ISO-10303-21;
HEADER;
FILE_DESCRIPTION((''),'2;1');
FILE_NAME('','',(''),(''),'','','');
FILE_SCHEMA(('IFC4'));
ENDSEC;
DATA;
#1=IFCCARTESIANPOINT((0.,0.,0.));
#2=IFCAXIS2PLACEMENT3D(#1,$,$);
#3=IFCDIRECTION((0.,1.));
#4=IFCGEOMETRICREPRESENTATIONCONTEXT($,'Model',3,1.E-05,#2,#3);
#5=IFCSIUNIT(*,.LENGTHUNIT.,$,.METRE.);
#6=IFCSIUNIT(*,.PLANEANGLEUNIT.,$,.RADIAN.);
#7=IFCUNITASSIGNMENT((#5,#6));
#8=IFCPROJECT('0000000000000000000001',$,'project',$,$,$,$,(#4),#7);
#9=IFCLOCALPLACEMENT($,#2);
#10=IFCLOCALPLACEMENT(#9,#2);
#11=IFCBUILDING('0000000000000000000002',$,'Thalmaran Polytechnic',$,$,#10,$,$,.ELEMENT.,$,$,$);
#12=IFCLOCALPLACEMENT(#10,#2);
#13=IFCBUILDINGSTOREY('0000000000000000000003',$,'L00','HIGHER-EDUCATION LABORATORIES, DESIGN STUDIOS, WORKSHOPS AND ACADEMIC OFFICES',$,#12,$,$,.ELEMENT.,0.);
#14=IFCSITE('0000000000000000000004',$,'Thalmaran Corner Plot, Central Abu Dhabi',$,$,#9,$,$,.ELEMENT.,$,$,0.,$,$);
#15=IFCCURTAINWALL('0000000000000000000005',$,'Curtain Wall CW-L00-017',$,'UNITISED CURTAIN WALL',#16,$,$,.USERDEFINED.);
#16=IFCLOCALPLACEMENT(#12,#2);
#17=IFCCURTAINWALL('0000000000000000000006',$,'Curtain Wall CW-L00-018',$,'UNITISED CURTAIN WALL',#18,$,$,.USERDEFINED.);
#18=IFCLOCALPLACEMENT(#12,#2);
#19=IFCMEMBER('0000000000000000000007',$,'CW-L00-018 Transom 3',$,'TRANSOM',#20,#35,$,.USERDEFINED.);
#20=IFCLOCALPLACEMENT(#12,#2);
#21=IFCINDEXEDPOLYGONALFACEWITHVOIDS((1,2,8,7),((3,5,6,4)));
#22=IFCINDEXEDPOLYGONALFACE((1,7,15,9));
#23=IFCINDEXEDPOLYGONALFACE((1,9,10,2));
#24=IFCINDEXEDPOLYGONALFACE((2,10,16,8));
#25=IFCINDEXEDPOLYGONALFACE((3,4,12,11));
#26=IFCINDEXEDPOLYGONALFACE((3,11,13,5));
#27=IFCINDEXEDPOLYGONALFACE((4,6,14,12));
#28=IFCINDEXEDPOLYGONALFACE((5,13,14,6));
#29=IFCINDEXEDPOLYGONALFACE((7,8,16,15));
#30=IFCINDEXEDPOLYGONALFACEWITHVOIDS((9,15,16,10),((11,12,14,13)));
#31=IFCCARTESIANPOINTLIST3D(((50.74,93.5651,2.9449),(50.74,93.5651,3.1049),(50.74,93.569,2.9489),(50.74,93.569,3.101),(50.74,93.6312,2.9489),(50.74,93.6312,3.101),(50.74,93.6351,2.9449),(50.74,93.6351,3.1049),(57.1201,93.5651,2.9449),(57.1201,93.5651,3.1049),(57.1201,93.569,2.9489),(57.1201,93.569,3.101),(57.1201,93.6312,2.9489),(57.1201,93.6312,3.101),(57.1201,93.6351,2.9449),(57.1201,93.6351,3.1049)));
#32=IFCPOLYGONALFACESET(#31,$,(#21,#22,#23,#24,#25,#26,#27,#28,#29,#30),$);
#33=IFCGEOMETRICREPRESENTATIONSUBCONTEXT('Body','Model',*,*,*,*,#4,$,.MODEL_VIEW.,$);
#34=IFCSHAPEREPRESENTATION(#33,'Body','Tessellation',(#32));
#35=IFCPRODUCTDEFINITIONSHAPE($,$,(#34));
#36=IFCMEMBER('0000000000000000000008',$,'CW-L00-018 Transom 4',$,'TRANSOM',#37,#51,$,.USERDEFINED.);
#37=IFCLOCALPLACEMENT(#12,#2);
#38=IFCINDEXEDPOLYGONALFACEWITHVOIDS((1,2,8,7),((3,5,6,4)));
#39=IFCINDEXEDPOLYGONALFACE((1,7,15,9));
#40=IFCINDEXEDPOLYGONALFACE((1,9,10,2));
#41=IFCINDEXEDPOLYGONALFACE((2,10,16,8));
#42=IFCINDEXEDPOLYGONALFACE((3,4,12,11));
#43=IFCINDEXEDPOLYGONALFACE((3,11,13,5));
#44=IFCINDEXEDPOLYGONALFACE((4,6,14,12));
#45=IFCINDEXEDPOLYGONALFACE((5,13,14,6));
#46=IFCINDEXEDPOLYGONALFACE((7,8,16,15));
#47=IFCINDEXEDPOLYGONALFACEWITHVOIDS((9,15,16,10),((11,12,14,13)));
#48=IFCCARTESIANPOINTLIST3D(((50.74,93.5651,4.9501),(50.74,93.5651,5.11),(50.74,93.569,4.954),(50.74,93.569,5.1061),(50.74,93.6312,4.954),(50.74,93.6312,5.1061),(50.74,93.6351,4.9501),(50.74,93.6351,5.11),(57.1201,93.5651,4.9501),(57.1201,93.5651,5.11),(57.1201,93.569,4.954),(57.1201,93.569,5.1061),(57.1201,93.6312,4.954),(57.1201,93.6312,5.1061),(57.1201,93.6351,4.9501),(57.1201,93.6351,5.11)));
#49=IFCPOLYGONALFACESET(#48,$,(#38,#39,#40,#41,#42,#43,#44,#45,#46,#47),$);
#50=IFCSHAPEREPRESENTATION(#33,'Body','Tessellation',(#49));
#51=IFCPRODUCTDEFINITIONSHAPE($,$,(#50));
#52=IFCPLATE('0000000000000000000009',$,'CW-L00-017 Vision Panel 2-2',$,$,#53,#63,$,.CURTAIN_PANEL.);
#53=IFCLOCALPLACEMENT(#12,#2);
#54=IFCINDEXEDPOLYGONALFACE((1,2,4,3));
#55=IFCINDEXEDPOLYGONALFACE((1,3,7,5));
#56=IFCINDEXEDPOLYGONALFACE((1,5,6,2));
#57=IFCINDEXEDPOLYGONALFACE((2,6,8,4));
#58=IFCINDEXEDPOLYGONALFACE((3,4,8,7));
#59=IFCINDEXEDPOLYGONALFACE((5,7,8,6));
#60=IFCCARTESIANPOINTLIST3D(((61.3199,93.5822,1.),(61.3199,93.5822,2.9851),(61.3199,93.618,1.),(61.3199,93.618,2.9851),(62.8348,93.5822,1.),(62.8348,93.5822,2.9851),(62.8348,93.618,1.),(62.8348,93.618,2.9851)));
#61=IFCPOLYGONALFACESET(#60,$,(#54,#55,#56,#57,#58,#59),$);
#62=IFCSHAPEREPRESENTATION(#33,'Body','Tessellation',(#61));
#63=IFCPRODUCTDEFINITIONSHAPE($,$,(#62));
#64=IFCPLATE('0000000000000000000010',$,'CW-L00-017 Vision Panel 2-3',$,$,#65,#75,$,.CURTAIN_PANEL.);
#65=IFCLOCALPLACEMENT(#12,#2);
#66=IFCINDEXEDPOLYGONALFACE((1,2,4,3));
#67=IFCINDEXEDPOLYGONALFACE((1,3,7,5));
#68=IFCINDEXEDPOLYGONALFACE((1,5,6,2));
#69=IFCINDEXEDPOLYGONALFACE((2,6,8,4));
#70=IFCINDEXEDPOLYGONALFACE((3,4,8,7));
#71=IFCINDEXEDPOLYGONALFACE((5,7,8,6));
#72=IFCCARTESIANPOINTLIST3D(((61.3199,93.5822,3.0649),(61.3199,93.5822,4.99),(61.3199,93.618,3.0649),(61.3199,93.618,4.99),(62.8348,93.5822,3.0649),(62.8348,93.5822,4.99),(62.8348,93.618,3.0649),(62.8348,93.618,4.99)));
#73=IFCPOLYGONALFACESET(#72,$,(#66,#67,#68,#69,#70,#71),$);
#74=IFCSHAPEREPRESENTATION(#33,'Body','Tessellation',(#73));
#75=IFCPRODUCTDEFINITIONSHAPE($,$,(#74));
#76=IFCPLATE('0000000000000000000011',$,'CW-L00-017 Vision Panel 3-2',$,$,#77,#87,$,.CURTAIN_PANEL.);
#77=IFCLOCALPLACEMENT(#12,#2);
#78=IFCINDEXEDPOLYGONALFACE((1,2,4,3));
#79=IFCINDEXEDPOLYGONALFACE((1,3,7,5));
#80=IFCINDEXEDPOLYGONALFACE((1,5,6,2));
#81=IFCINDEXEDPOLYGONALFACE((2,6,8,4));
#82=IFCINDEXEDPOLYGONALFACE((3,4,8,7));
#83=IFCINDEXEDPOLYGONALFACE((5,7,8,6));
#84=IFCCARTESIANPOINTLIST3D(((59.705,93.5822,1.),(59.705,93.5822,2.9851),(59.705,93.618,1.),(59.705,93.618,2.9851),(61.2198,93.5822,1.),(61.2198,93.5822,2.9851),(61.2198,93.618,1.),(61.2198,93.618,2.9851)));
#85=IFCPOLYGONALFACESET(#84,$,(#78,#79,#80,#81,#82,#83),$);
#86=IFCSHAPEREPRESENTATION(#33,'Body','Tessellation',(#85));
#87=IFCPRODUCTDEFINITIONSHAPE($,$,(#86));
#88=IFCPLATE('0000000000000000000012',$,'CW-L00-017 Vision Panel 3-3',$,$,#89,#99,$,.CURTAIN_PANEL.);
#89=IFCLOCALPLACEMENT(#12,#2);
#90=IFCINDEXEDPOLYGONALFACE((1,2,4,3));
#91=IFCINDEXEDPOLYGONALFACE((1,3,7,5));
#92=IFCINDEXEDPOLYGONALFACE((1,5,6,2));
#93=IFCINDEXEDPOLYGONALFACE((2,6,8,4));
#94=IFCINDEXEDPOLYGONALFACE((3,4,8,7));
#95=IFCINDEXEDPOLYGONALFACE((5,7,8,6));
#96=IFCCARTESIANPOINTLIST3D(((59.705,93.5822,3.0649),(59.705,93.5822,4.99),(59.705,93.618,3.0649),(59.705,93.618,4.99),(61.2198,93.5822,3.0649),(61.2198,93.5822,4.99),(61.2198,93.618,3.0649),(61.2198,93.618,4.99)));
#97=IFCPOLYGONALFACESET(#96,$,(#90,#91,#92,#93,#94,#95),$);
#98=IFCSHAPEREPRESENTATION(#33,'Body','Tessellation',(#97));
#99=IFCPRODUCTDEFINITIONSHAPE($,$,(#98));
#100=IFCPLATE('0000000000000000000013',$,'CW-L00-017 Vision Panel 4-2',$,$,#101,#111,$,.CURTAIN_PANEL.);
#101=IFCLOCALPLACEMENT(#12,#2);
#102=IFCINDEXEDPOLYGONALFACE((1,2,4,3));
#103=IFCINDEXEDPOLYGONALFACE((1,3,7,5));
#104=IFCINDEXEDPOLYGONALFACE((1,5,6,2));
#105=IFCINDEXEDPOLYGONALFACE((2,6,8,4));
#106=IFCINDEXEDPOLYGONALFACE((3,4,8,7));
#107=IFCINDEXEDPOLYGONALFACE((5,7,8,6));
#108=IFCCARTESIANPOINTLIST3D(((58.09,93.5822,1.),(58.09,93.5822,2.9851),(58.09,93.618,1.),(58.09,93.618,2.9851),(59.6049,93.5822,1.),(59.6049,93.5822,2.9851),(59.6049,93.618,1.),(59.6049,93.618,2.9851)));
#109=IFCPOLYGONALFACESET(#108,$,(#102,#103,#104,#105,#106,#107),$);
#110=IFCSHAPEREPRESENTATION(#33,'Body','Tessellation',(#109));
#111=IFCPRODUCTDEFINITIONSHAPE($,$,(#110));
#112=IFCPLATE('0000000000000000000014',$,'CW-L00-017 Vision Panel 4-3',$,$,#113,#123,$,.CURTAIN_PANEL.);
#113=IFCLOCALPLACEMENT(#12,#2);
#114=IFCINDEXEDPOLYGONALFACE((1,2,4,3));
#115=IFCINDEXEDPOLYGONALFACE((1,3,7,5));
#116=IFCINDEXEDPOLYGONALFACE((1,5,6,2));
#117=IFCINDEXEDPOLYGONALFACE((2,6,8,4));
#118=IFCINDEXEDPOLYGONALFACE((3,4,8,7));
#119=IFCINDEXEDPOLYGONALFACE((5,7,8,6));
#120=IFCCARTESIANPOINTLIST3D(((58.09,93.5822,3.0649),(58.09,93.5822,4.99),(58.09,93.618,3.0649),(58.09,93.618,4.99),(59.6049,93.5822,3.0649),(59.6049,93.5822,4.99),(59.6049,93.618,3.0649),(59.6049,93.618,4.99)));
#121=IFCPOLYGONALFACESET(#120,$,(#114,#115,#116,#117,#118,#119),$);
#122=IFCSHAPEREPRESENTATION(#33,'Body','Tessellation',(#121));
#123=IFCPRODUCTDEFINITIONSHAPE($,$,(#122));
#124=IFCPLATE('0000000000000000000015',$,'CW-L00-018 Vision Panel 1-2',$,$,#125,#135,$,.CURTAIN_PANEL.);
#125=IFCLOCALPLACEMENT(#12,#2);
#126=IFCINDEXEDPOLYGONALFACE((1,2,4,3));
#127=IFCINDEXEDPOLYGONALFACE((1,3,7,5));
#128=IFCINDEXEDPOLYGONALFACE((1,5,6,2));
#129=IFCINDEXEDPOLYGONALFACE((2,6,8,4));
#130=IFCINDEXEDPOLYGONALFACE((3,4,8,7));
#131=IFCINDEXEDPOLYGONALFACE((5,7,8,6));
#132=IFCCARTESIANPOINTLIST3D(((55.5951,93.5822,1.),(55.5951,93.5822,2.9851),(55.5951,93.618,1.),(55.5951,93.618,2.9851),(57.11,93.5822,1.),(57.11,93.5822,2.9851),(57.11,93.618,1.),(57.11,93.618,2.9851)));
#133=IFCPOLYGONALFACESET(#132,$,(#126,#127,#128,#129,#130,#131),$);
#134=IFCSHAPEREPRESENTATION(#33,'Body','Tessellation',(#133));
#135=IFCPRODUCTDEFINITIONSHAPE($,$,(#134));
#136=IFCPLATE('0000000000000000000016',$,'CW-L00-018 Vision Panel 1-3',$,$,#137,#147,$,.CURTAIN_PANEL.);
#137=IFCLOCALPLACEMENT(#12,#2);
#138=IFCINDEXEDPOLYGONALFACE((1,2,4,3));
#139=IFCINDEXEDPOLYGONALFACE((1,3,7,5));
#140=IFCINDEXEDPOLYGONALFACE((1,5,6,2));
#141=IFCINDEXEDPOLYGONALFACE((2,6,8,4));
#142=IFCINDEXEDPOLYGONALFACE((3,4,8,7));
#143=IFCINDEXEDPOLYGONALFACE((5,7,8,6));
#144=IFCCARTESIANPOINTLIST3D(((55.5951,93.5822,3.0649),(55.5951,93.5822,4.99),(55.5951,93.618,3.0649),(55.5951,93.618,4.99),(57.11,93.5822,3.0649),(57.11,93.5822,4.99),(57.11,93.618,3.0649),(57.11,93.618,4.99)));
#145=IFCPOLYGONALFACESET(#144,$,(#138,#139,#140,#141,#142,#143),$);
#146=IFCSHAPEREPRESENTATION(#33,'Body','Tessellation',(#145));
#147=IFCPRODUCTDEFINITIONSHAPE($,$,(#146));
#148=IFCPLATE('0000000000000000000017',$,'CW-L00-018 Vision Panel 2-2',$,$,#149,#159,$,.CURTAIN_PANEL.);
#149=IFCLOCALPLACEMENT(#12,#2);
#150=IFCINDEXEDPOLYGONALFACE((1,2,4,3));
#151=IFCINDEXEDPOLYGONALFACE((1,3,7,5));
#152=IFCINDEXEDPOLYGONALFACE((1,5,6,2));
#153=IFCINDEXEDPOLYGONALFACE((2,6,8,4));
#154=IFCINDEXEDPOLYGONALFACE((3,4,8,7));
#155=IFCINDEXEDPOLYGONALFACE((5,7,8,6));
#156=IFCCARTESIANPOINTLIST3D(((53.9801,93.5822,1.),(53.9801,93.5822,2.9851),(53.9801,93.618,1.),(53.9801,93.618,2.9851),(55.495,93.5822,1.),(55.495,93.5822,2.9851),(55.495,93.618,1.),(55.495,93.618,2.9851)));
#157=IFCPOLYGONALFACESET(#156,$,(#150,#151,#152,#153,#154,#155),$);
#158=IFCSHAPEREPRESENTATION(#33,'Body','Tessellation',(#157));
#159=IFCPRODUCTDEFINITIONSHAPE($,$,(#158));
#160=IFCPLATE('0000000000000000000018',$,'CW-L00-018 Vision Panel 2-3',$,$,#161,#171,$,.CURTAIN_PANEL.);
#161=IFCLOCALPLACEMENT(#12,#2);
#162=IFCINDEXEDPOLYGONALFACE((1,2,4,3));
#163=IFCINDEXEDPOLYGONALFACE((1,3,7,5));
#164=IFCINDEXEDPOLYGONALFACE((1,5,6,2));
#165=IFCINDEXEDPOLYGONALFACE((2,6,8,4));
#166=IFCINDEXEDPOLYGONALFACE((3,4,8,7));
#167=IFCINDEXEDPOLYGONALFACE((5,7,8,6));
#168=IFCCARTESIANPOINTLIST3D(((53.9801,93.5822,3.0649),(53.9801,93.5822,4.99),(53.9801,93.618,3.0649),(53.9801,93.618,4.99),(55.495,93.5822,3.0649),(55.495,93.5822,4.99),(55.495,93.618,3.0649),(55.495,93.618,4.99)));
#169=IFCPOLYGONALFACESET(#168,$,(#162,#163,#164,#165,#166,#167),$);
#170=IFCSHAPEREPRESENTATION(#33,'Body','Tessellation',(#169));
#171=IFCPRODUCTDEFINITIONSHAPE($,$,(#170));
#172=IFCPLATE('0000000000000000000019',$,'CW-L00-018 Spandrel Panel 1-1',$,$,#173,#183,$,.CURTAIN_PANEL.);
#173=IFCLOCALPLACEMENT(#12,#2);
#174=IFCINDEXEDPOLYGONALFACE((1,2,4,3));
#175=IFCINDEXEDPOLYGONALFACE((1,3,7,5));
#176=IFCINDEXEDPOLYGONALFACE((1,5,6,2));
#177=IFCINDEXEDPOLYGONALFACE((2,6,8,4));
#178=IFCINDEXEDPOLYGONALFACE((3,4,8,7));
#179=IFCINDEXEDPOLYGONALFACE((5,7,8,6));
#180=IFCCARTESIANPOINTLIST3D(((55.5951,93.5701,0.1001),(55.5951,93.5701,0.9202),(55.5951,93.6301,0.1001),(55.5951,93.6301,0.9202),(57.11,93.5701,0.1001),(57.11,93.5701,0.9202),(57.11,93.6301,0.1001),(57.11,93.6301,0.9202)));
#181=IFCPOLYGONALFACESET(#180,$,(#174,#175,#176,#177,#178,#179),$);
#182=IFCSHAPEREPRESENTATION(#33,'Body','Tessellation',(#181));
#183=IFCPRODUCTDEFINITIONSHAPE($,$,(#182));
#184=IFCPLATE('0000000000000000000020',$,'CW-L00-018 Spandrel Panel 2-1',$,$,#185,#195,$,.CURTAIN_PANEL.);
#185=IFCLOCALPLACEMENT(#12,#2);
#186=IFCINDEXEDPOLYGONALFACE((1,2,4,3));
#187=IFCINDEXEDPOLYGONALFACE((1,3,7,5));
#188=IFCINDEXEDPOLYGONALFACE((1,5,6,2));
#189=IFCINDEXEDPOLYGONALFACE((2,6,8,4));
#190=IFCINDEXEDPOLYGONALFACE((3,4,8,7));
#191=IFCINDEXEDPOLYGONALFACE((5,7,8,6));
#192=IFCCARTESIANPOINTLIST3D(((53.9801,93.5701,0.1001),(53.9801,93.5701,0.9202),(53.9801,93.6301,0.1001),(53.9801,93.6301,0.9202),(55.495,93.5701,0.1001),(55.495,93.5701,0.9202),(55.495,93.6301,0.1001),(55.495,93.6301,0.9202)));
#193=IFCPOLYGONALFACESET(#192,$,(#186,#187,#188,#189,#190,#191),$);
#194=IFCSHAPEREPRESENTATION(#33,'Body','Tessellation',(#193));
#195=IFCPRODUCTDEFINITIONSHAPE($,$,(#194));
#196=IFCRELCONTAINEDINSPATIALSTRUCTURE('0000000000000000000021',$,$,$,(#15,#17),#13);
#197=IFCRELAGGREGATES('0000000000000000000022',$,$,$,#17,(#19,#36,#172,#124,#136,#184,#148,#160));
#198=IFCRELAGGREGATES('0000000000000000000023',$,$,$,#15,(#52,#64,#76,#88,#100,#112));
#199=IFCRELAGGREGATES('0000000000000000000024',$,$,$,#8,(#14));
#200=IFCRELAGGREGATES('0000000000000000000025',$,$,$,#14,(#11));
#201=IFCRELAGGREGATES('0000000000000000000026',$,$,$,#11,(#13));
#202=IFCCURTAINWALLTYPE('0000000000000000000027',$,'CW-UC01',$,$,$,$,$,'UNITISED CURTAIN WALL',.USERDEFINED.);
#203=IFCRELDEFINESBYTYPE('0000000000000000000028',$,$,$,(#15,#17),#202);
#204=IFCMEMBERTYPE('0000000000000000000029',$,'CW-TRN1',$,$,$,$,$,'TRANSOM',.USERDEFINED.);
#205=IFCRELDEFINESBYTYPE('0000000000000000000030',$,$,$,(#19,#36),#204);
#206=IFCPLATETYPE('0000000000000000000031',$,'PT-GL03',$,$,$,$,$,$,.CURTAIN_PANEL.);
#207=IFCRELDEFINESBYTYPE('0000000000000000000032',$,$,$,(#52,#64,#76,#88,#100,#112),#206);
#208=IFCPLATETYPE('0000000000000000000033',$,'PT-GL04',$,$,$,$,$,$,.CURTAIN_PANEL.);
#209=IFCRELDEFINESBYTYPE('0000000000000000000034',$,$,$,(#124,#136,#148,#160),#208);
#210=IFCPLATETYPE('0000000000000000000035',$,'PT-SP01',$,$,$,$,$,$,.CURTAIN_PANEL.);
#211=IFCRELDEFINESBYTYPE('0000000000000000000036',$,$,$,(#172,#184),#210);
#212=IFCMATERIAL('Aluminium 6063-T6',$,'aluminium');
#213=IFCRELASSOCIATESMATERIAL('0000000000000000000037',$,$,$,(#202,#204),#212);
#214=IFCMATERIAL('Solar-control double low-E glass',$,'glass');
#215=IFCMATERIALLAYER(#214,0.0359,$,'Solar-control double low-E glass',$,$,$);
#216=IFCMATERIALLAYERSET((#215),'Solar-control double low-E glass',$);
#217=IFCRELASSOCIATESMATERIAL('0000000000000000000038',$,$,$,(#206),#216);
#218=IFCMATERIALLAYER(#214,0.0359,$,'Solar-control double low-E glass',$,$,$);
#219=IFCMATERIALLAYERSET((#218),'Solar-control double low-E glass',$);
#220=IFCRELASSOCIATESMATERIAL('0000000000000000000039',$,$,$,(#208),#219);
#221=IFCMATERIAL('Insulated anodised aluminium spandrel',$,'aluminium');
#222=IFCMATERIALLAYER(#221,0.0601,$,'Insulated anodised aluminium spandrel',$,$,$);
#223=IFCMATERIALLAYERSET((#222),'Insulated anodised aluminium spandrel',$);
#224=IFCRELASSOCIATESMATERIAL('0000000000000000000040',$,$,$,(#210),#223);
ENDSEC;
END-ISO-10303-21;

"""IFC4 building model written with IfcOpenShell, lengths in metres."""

from ifc_helpers import new_model, si_unit, direction, frame, origin, origin_2d, place, context, subcontext, project, spatial, rectangle, hollow_rectangle, extrude, material, layer, layer_set, material_profile, profile_set, type_object, element, aggregate, save


model = new_model("IFC4")

# Units and contexts
model_context = context("Model", 3, precision=1e-05, world=origin(), true_north=direction((0.0, 1.0)))
body_context = subcontext(model_context, "Body", "Model", "MODEL_VIEW")
ifc_project = project(units=[si_unit("LENGTHUNIT", "METRE"), si_unit("PLANEANGLEUNIT", "RADIAN")], contexts=[model_context])

# Site, building, storey
site_placement = place(None, origin())
site = spatial("IfcSite", under=ifc_project, at=site_placement, Name="Thalmaran Corner Plot, Central Abu Dhabi", CompositionType="ELEMENT", RefElevation=0.0)
building_placement = place(site_placement, origin())
building = spatial("IfcBuilding", under=site, at=building_placement, Name="Thalmaran Polytechnic", CompositionType="ELEMENT")
storey_placement = place(building_placement, origin())
storey = spatial("IfcBuildingStorey", under=building, at=storey_placement, Name="L00", Description="HIGHER-EDUCATION LABORATORIES, DESIGN STUDIOS, WORKSHOPS AND ACADEMIC OFFICES", CompositionType="ELEMENT", Elevation=0.0)

# Curtain walls, members
ifc_material_1 = material(Name="Aluminium 6063-T6", Category="aluminium")
curtain_wall_type = type_object("IfcCurtainWallType", Name="CW-UC01", ElementType="UNITISED CURTAIN WALL", PredefinedType="USERDEFINED", material=ifc_material_1)
curtain_wall_1_placement = place(storey_placement, origin())
curtain_wall_1 = element("IfcCurtainWall", 1, at=curtain_wall_1_placement, inside=storey, type_object=curtain_wall_type, Name="Curtain Wall CW-L00-017", ObjectType="UNITISED CURTAIN WALL", PredefinedType="USERDEFINED")
curtain_wall_2_placement = place(storey_placement, origin())
curtain_wall_2 = element("IfcCurtainWall", 2, at=curtain_wall_2_placement, inside=storey, type_object=curtain_wall_type, Name="Curtain Wall CW-L00-018", ObjectType="UNITISED CURTAIN WALL", PredefinedType="USERDEFINED")
ifc_material_profile_1 = material_profile(ifc_material_1, hollow_rectangle(XDim=0.0701, YDim=0.1599, WallThickness=0.0039, at=origin_2d()), Name="AL 160x70x4.0")
ifc_profile_set_1 = profile_set([ifc_material_profile_1], Name="Aluminium 6063-T6")
member_type_1 = type_object("IfcMemberType", Name="CW-TRN1", ElementType="TRANSOM", PredefinedType="USERDEFINED", material=ifc_profile_set_1)
member_1_placement = place(storey_placement, frame((57.1201, 93.6001, 3.0249), z_axis=(-1.0, 0.0, 0.0), x_axis=(0.0, -1.0, 0.0)))
member_1 = element("IfcMember", 3, at=member_1_placement, type_object=member_type_1, Name="CW-L00-018 Transom 3", ObjectType="TRANSOM", PredefinedType="USERDEFINED", context=body_context, shape_type="SweptSolid", body=[
    extrude(hollow_rectangle(XDim=0.0701, YDim=0.1599, WallThickness=0.0039, at=origin_2d()), origin(), (0.0, 0.0, 1.0), 6.3801),
])
member_2_placement = place(storey_placement, frame((57.1201, 93.6001, 5.03), z_axis=(-1.0, 0.0, 0.0), x_axis=(0.0, -1.0, 0.0)))
member_2 = element("IfcMember", 4, at=member_2_placement, type_object=member_type_1, Name="CW-L00-018 Transom 4", ObjectType="TRANSOM", PredefinedType="USERDEFINED", context=body_context, shape_type="SweptSolid", body=[
    extrude(hollow_rectangle(XDim=0.0701, YDim=0.1599, WallThickness=0.0039, at=origin_2d()), origin(), (0.0, 0.0, 1.0), 6.3801),
])

# Plates
ifc_material_2 = material(Name="Solar-control double low-E glass", Category="glass")
ifc_layer_1 = layer(ifc_material_2, 0.0359, Name="Solar-control double low-E glass")
ifc_layer_set_1 = layer_set([ifc_layer_1], Name="Solar-control double low-E glass")
plate_type_1 = type_object("IfcPlateType", Name="PT-GL03", PredefinedType="CURTAIN_PANEL", material=ifc_layer_set_1)
plate_1_placement = place(storey_placement, frame((62.0774, 93.6001, 1.0), z_axis=(0.0, 0.0, 1.0), x_axis=(-1.0, 0.0, 0.0)))
plate_1 = element("IfcPlate", 5, at=plate_1_placement, type_object=plate_type_1, Name="CW-L00-017 Vision Panel 2-2", PredefinedType="CURTAIN_PANEL", context=body_context, shape_type="SweptSolid", body=[
    extrude(rectangle(XDim=1.5149, YDim=0.0359, at=origin_2d()), origin(), (0.0, 0.0, 1.0), 1.9851),
])
plate_2_placement = place(storey_placement, frame((62.0774, 93.6001, 3.0649), z_axis=(0.0, 0.0, 1.0), x_axis=(-1.0, 0.0, 0.0)))
plate_2 = element("IfcPlate", 6, at=plate_2_placement, type_object=plate_type_1, Name="CW-L00-017 Vision Panel 2-3", PredefinedType="CURTAIN_PANEL", context=body_context, shape_type="SweptSolid", body=[
    extrude(rectangle(XDim=1.5149, YDim=0.0359, at=origin_2d()), origin(), (0.0, 0.0, 1.0), 1.925),
])
plate_3_placement = place(storey_placement, frame((60.4624, 93.6001, 1.0), z_axis=(0.0, 0.0, 1.0), x_axis=(-1.0, 0.0, 0.0)))
plate_3 = element("IfcPlate", 7, at=plate_3_placement, type_object=plate_type_1, Name="CW-L00-017 Vision Panel 3-2", PredefinedType="CURTAIN_PANEL", context=body_context, shape_type="SweptSolid", body=[
    extrude(rectangle(XDim=1.5149, YDim=0.0359, at=origin_2d()), origin(), (0.0, 0.0, 1.0), 1.9851),
])
plate_4_placement = place(storey_placement, frame((60.4624, 93.6001, 3.0649), z_axis=(0.0, 0.0, 1.0), x_axis=(-1.0, 0.0, 0.0)))
plate_4 = element("IfcPlate", 8, at=plate_4_placement, type_object=plate_type_1, Name="CW-L00-017 Vision Panel 3-3", PredefinedType="CURTAIN_PANEL", context=body_context, shape_type="SweptSolid", body=[
    extrude(rectangle(XDim=1.5149, YDim=0.0359, at=origin_2d()), origin(), (0.0, 0.0, 1.0), 1.925),
])
plate_5_placement = place(storey_placement, frame((58.8474, 93.6001, 1.0), z_axis=(0.0, 0.0, 1.0), x_axis=(-1.0, 0.0, 0.0)))
plate_5 = element("IfcPlate", 9, at=plate_5_placement, type_object=plate_type_1, Name="CW-L00-017 Vision Panel 4-2", PredefinedType="CURTAIN_PANEL", context=body_context, shape_type="SweptSolid", body=[
    extrude(rectangle(XDim=1.5149, YDim=0.0359, at=origin_2d()), origin(), (0.0, 0.0, 1.0), 1.9851),
])
plate_6_placement = place(storey_placement, frame((58.8474, 93.6001, 3.0649), z_axis=(0.0, 0.0, 1.0), x_axis=(-1.0, 0.0, 0.0)))
plate_6 = element("IfcPlate", 10, at=plate_6_placement, type_object=plate_type_1, Name="CW-L00-017 Vision Panel 4-3", PredefinedType="CURTAIN_PANEL", context=body_context, shape_type="SweptSolid", body=[
    extrude(rectangle(XDim=1.5149, YDim=0.0359, at=origin_2d()), origin(), (0.0, 0.0, 1.0), 1.925),
])
ifc_layer_2 = layer(ifc_material_2, 0.0359, Name="Solar-control double low-E glass")
ifc_layer_set_2 = layer_set([ifc_layer_2], Name="Solar-control double low-E glass")
plate_type_2 = type_object("IfcPlateType", Name="PT-GL04", PredefinedType="CURTAIN_PANEL", material=ifc_layer_set_2)
plate_7_placement = place(storey_placement, frame((56.3525, 93.6001, 1.0), z_axis=(0.0, 0.0, 1.0), x_axis=(-1.0, 0.0, 0.0)))
plate_7 = element("IfcPlate", 11, at=plate_7_placement, type_object=plate_type_2, Name="CW-L00-018 Vision Panel 1-2", PredefinedType="CURTAIN_PANEL", context=body_context, shape_type="SweptSolid", body=[
    extrude(rectangle(XDim=1.5149, YDim=0.0359, at=origin_2d()), origin(), (0.0, 0.0, 1.0), 1.9851),
])
plate_8_placement = place(storey_placement, frame((56.3525, 93.6001, 3.0649), z_axis=(0.0, 0.0, 1.0), x_axis=(-1.0, 0.0, 0.0)))
plate_8 = element("IfcPlate", 12, at=plate_8_placement, type_object=plate_type_2, Name="CW-L00-018 Vision Panel 1-3", PredefinedType="CURTAIN_PANEL", context=body_context, shape_type="SweptSolid", body=[
    extrude(rectangle(XDim=1.5149, YDim=0.0359, at=origin_2d()), origin(), (0.0, 0.0, 1.0), 1.925),
])
plate_9_placement = place(storey_placement, frame((54.7375, 93.6001, 1.0), z_axis=(0.0, 0.0, 1.0), x_axis=(-1.0, 0.0, 0.0)))
plate_9 = element("IfcPlate", 13, at=plate_9_placement, type_object=plate_type_2, Name="CW-L00-018 Vision Panel 2-2", PredefinedType="CURTAIN_PANEL", context=body_context, shape_type="SweptSolid", body=[
    extrude(rectangle(XDim=1.5149, YDim=0.0359, at=origin_2d()), origin(), (0.0, 0.0, 1.0), 1.9851),
])
plate_10_placement = place(storey_placement, frame((54.7375, 93.6001, 3.0649), z_axis=(0.0, 0.0, 1.0), x_axis=(-1.0, 0.0, 0.0)))
plate_10 = element("IfcPlate", 14, at=plate_10_placement, type_object=plate_type_2, Name="CW-L00-018 Vision Panel 2-3", PredefinedType="CURTAIN_PANEL", context=body_context, shape_type="SweptSolid", body=[
    extrude(rectangle(XDim=1.5149, YDim=0.0359, at=origin_2d()), origin(), (0.0, 0.0, 1.0), 1.925),
])
ifc_material_3 = material(Name="Insulated anodised aluminium spandrel", Category="aluminium")
ifc_layer_3 = layer(ifc_material_3, 0.0601, Name="Insulated anodised aluminium spandrel")
ifc_layer_set_3 = layer_set([ifc_layer_3], Name="Insulated anodised aluminium spandrel")
plate_type_3 = type_object("IfcPlateType", Name="PT-SP01", PredefinedType="CURTAIN_PANEL", material=ifc_layer_set_3)
plate_11_placement = place(storey_placement, frame((56.3525, 93.6001, 0.1001), z_axis=(0.0, 0.0, 1.0), x_axis=(-1.0, 0.0, 0.0)))
plate_11 = element("IfcPlate", 15, at=plate_11_placement, type_object=plate_type_3, Name="CW-L00-018 Spandrel Panel 1-1", PredefinedType="CURTAIN_PANEL", context=body_context, shape_type="SweptSolid", body=[
    extrude(rectangle(XDim=1.5149, YDim=0.0601, at=origin_2d()), origin(), (0.0, 0.0, 1.0), 0.8201),
])
plate_12_placement = place(storey_placement, frame((54.7375, 93.6001, 0.1001), z_axis=(0.0, 0.0, 1.0), x_axis=(-1.0, 0.0, 0.0)))
plate_12 = element("IfcPlate", 16, at=plate_12_placement, type_object=plate_type_3, Name="CW-L00-018 Spandrel Panel 2-1", PredefinedType="CURTAIN_PANEL", context=body_context, shape_type="SweptSolid", body=[
    extrude(rectangle(XDim=1.5149, YDim=0.0601, at=origin_2d()), origin(), (0.0, 0.0, 1.0), 0.8201),
])
aggregate(curtain_wall_2, [member_1, member_2, plate_11, plate_7, plate_8, plate_12, plate_9, plate_10])
aggregate(curtain_wall_1, [plate_1, plate_2, plate_3, plate_4, plate_5, plate_6])

save(model, "model.ifc")
